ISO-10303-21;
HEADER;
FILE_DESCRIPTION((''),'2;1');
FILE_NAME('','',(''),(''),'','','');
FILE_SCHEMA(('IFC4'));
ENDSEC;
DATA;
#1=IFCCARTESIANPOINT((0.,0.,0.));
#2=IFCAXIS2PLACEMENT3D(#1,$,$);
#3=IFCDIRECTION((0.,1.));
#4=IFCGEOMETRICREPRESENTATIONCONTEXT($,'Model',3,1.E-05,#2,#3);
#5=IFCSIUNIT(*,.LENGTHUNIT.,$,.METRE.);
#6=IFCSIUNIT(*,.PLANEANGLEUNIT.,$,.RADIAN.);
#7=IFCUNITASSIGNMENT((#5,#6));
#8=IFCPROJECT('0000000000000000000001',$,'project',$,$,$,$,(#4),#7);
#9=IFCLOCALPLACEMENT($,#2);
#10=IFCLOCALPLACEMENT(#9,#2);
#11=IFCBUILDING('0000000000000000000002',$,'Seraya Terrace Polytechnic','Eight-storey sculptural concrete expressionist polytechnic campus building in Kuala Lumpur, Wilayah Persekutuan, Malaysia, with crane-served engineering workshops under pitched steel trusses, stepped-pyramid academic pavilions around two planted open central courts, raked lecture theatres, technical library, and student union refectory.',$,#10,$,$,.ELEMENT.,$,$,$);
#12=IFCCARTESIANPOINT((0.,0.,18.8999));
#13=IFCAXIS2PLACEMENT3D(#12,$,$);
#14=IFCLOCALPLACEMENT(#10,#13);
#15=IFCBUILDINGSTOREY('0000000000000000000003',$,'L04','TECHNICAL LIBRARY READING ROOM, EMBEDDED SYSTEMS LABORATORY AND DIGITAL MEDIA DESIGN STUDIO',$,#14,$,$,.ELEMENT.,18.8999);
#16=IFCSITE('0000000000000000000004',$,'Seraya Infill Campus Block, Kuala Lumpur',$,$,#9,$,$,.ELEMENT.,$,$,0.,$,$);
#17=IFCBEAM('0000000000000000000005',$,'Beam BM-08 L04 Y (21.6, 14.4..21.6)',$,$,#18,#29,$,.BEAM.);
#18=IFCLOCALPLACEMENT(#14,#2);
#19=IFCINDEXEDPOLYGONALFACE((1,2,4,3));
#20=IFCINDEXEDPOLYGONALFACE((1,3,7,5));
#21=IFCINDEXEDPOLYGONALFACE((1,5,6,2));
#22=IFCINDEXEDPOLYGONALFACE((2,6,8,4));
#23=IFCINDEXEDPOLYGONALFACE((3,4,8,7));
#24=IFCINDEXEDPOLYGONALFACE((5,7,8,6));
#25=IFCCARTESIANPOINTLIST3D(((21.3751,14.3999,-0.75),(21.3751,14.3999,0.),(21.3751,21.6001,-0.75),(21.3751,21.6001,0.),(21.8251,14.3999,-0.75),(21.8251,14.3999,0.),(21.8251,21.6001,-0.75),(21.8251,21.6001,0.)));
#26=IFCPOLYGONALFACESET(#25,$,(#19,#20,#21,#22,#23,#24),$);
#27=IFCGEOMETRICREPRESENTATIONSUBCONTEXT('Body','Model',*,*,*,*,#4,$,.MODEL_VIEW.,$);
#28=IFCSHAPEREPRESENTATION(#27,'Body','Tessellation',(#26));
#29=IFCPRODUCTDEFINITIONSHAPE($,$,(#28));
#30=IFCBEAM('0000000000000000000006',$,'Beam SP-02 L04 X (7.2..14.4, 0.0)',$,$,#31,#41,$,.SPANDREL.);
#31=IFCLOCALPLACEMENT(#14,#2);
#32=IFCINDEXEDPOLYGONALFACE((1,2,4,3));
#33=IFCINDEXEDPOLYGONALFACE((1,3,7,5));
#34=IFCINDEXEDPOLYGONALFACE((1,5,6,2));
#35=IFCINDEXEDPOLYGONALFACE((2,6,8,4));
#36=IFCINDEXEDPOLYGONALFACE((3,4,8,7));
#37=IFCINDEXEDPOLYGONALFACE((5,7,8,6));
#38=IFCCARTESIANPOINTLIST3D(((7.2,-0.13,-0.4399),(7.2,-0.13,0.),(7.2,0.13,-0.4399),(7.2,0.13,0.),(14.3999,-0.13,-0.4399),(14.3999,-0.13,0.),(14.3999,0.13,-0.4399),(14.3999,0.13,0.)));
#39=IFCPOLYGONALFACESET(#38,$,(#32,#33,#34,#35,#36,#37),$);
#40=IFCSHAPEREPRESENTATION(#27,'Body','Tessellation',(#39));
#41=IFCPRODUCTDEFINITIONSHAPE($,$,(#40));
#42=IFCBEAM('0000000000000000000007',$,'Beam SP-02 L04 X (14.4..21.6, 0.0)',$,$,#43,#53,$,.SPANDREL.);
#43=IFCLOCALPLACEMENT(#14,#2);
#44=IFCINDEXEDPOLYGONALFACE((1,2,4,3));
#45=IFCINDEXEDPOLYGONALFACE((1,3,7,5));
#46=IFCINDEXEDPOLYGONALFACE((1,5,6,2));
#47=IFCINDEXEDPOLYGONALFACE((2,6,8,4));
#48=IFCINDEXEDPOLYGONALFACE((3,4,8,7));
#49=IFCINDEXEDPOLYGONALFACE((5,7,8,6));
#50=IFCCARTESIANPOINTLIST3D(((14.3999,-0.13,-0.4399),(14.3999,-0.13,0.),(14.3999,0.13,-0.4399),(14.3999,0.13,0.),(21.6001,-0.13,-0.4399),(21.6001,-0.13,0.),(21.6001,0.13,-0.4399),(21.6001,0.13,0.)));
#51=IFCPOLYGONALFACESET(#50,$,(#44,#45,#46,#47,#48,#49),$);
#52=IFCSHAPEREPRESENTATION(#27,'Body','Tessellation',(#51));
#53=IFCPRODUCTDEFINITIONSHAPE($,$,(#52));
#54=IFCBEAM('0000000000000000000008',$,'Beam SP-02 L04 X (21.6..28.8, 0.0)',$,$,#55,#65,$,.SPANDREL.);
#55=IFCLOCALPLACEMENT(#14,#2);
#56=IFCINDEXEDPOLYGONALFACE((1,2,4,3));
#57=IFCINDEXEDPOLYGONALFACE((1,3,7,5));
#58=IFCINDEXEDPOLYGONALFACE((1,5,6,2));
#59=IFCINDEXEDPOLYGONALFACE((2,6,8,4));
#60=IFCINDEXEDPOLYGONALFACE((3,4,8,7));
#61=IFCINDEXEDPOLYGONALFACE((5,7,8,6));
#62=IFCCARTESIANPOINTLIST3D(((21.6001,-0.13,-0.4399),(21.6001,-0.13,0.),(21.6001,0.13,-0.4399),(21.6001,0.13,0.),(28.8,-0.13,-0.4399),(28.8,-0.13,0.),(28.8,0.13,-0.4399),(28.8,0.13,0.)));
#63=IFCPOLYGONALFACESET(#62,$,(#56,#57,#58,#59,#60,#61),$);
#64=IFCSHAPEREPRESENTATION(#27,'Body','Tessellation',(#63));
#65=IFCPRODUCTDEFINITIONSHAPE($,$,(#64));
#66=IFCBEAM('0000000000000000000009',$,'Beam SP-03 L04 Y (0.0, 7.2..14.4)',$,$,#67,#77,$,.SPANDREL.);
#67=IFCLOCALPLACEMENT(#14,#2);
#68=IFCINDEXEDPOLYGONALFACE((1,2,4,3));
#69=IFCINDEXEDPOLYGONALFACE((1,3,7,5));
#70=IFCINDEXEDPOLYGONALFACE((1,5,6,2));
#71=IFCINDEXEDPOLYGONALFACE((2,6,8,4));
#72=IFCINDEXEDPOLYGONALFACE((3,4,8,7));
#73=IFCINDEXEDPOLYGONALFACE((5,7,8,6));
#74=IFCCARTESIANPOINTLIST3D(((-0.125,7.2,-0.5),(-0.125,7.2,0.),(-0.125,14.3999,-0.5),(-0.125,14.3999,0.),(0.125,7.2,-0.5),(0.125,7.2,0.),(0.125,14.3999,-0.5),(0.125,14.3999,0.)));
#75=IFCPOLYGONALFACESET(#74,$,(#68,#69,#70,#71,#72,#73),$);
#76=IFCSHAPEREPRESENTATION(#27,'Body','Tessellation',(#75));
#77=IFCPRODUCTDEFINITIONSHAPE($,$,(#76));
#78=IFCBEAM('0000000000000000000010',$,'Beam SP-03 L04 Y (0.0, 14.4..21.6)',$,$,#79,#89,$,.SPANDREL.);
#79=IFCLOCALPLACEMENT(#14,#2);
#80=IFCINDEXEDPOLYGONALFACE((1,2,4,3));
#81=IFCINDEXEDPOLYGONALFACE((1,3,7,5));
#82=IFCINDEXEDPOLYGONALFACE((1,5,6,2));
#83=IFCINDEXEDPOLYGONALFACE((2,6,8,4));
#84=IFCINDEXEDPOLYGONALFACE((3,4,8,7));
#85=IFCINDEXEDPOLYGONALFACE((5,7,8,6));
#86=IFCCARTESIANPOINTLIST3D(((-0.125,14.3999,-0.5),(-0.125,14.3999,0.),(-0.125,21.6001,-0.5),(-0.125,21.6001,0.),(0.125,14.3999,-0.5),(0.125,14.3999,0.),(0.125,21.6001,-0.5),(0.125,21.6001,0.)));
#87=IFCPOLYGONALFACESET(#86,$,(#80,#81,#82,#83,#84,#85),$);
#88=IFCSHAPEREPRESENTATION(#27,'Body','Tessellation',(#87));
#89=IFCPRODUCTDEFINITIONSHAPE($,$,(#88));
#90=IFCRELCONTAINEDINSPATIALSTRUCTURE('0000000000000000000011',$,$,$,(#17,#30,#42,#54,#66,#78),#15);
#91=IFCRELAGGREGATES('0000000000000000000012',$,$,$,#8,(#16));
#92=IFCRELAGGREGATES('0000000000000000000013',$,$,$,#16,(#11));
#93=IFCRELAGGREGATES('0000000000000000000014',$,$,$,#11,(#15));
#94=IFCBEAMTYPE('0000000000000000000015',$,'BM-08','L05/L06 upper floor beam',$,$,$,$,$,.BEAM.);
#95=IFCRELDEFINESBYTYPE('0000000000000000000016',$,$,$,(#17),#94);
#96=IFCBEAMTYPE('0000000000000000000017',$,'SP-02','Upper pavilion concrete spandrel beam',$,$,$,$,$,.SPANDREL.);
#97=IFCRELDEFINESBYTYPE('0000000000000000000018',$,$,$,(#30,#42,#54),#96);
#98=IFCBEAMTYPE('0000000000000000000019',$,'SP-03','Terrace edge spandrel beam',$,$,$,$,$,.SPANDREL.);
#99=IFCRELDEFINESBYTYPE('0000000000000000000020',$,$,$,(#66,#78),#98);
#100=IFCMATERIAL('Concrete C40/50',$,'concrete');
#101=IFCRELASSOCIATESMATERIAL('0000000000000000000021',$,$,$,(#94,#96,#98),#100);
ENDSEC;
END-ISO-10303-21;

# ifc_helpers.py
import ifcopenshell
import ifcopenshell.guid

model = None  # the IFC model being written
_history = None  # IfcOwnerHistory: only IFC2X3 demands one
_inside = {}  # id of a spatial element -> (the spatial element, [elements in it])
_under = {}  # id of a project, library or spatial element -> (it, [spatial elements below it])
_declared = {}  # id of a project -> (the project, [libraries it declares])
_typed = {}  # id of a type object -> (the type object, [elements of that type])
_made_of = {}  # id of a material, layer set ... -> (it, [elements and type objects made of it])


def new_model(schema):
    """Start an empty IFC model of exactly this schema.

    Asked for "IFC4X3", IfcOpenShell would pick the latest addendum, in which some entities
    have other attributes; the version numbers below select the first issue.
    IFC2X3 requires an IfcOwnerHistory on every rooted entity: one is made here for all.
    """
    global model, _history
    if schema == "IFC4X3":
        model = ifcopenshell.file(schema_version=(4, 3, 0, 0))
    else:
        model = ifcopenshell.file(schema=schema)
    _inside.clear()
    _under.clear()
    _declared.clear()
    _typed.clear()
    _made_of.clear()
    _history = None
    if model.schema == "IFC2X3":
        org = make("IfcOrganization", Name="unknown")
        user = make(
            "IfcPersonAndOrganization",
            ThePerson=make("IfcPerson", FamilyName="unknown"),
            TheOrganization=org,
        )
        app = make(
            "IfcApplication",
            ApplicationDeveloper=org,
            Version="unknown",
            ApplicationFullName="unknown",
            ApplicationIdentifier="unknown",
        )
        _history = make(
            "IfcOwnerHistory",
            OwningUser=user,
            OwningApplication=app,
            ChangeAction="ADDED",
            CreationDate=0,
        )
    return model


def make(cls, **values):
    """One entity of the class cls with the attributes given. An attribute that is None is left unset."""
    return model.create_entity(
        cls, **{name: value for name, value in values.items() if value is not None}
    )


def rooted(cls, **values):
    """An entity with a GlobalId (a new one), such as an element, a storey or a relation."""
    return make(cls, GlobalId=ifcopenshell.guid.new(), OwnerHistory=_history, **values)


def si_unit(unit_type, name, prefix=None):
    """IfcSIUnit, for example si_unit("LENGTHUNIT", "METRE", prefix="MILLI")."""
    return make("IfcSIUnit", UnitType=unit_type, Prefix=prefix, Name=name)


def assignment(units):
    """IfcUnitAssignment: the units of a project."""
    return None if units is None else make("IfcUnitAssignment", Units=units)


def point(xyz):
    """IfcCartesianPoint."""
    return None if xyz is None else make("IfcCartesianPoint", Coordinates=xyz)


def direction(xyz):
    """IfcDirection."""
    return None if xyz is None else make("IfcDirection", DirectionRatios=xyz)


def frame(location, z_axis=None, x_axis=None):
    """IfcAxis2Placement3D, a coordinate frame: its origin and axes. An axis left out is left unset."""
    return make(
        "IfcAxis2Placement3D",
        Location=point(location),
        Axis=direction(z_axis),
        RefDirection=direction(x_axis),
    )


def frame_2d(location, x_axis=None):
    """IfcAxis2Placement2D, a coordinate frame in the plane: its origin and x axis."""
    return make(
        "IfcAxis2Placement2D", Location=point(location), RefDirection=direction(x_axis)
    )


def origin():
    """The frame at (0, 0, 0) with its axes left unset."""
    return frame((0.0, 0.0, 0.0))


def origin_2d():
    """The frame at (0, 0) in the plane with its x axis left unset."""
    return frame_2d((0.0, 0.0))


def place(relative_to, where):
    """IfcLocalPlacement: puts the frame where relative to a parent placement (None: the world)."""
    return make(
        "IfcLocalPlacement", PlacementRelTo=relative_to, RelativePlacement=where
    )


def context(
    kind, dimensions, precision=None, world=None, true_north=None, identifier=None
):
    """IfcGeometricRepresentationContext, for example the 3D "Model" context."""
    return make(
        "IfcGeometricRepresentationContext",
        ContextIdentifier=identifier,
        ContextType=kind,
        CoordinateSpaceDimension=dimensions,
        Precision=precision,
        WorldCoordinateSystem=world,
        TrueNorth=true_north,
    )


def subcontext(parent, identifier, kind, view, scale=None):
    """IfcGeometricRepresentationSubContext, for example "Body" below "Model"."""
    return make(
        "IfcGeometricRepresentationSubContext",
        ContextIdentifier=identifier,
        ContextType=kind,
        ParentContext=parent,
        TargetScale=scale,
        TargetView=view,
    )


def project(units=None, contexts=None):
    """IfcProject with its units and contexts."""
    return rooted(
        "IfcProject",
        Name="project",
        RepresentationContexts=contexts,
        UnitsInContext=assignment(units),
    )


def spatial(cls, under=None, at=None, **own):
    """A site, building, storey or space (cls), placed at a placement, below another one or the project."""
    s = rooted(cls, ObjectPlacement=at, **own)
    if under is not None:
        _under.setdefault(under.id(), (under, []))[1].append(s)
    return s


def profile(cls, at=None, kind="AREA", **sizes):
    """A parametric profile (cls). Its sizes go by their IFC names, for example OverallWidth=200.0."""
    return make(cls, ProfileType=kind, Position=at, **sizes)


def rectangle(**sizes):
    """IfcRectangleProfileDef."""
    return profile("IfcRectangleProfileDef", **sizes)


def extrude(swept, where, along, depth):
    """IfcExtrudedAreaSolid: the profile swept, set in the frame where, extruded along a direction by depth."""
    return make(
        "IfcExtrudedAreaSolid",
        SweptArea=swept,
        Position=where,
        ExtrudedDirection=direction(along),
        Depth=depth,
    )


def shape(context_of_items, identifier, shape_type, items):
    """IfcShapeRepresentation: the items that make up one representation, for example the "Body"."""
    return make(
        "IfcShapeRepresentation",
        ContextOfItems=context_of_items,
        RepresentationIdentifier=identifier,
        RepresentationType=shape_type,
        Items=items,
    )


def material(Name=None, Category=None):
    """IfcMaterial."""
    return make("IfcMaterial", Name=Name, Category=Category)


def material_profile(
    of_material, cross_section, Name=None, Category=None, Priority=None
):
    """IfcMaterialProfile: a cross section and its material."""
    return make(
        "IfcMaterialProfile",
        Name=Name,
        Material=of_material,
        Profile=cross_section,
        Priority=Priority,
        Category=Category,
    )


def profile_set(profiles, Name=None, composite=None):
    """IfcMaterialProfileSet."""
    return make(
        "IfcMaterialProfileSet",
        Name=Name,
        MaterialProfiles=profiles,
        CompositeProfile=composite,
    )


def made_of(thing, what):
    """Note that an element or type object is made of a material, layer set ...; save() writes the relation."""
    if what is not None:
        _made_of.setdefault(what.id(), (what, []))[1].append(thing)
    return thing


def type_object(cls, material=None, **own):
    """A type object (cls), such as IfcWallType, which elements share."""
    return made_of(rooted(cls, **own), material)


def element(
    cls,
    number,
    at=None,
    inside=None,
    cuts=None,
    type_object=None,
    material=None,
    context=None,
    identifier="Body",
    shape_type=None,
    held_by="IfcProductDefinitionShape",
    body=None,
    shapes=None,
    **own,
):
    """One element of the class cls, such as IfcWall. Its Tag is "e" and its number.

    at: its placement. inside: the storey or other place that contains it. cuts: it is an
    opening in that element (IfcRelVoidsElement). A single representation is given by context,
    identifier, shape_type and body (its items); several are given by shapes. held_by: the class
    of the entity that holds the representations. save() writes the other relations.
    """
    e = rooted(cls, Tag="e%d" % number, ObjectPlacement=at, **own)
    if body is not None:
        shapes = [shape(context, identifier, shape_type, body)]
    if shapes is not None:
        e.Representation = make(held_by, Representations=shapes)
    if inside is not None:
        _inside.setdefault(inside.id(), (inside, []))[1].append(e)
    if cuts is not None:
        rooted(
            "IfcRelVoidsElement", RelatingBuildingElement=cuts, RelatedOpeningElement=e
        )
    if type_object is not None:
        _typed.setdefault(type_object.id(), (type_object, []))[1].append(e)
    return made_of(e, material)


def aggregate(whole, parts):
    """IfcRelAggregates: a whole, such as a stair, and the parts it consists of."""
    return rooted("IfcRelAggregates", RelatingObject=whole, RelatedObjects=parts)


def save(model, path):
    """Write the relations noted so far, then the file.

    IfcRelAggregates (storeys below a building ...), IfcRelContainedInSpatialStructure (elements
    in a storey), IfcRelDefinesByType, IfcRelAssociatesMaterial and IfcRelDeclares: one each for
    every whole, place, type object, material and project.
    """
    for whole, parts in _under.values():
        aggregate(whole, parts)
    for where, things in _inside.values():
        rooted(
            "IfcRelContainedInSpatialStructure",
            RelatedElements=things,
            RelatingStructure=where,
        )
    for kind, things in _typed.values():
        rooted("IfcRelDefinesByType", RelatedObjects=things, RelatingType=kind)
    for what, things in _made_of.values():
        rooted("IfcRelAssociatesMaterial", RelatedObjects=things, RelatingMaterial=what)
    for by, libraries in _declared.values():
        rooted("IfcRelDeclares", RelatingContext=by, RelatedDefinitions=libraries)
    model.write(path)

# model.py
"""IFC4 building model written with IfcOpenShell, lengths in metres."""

from ifc_helpers import new_model, si_unit, direction, frame, origin, origin_2d, place, context, subcontext, project, spatial, rectangle, extrude, material, material_profile, profile_set, type_object, element, save


model = new_model("IFC4")

# Units and contexts
model_context = context("Model", 3, precision=1e-05, world=origin(), true_north=direction((0.0, 1.0)))
body_context = subcontext(model_context, "Body", "Model", "MODEL_VIEW")
ifc_project = project(units=[si_unit("LENGTHUNIT", "METRE"), si_unit("PLANEANGLEUNIT", "RADIAN")], contexts=[model_context])

# Site, building, storey
site_placement = place(None, origin())
site = spatial("IfcSite", under=ifc_project, at=site_placement, Name="Seraya Infill Campus Block, Kuala Lumpur", CompositionType="ELEMENT", RefElevation=0.0)
building_placement = place(site_placement, origin())
building = spatial("IfcBuilding", under=site, at=building_placement, Name="Seraya Terrace Polytechnic", Description="Eight-storey sculptural concrete expressionist polytechnic campus building in Kuala Lumpur, Wilayah Persekutuan, Malaysia, with crane-served engineering workshops under pitched steel trusses, stepped-pyramid academic pavilions around two planted open central courts, raked lecture theatres, technical library, and student union refectory.", CompositionType="ELEMENT")
storey_placement = place(building_placement, frame((0.0, 0.0, 18.8999)))
storey = spatial("IfcBuildingStorey", under=building, at=storey_placement, Name="L04", Description="TECHNICAL LIBRARY READING ROOM, EMBEDDED SYSTEMS LABORATORY AND DIGITAL MEDIA DESIGN STUDIO", CompositionType="ELEMENT", Elevation=18.8999)

# Beams
ifc_material = material(Name="Concrete C40/50", Category="concrete")
ifc_material_profile_1 = material_profile(ifc_material, rectangle(XDim=0.45, YDim=0.75, at=origin_2d()), Name="RC 450x750")
ifc_profile_set_1 = profile_set([ifc_material_profile_1], Name="Concrete C40/50")
beam_type_1 = type_object("IfcBeamType", Name="BM-08", Description="L05/L06 upper floor beam", PredefinedType="BEAM", material=ifc_profile_set_1)
beam_1_placement = place(storey_placement, frame((21.6001, 14.3999, -0.375), z_axis=(0.0, 1.0, 0.0), x_axis=(-1.0, 0.0, 0.0)))
element("IfcBeam", 1, at=beam_1_placement, inside=storey, type_object=beam_type_1, Name="Beam BM-08 L04 Y (21.6, 14.4..21.6)", PredefinedType="BEAM", context=body_context, shape_type="SweptSolid", body=[
    extrude(rectangle(XDim=0.45, YDim=0.75, at=origin_2d()), origin(), (0.0, 0.0, 1.0), 7.2002),
])
ifc_material_profile_2 = material_profile(ifc_material, rectangle(XDim=0.26, YDim=0.4399, at=origin_2d()), Name="RC 260x440")
ifc_profile_set_2 = profile_set([ifc_material_profile_2], Name="Concrete C40/50")
beam_type_2 = type_object("IfcBeamType", Name="SP-02", Description="Upper pavilion concrete spandrel beam", PredefinedType="SPANDREL", material=ifc_profile_set_2)
beam_2_placement = place(storey_placement, frame((7.2, 0.0, -0.22), z_axis=(1.0, 0.0, 0.0), x_axis=(0.0, 1.0, 0.0)))
element("IfcBeam", 2, at=beam_2_placement, inside=storey, type_object=beam_type_2, Name="Beam SP-02 L04 X (7.2..14.4, 0.0)", PredefinedType="SPANDREL", context=body_context, shape_type="SweptSolid", body=[
    extrude(rectangle(XDim=0.26, YDim=0.4399, at=origin_2d()), origin(), (0.0, 0.0, 1.0), 7.2),
])
beam_3_placement = place(storey_placement, frame((14.3999, 0.0, -0.22), z_axis=(1.0, 0.0, 0.0), x_axis=(0.0, 1.0, 0.0)))
element("IfcBeam", 3, at=beam_3_placement, inside=storey, type_object=beam_type_2, Name="Beam SP-02 L04 X (14.4..21.6, 0.0)", PredefinedType="SPANDREL", context=body_context, shape_type="SweptSolid", body=[
    extrude(rectangle(XDim=0.26, YDim=0.4399, at=origin_2d()), origin(), (0.0, 0.0, 1.0), 7.2002),
])
beam_4_placement = place(storey_placement, frame((21.6001, 0.0, -0.22), z_axis=(1.0, 0.0, 0.0), x_axis=(0.0, 1.0, 0.0)))
element("IfcBeam", 4, at=beam_4_placement, inside=storey, type_object=beam_type_2, Name="Beam SP-02 L04 X (21.6..28.8, 0.0)", PredefinedType="SPANDREL", context=body_context, shape_type="SweptSolid", body=[
    extrude(rectangle(XDim=0.26, YDim=0.4399, at=origin_2d()), origin(), (0.0, 0.0, 1.0), 7.2),
])
ifc_material_profile_3 = material_profile(ifc_material, rectangle(XDim=0.25, YDim=0.5, at=origin_2d()), Name="RC 250x500")
ifc_profile_set_3 = profile_set([ifc_material_profile_3], Name="Concrete C40/50")
beam_type_3 = type_object("IfcBeamType", Name="SP-03", Description="Terrace edge spandrel beam", PredefinedType="SPANDREL", material=ifc_profile_set_3)
beam_5_placement = place(storey_placement, frame((0.0, 7.2, -0.25), z_axis=(0.0, 1.0, 0.0), x_axis=(-1.0, 0.0, 0.0)))
element("IfcBeam", 5, at=beam_5_placement, inside=storey, type_object=beam_type_3, Name="Beam SP-03 L04 Y (0.0, 7.2..14.4)", PredefinedType="SPANDREL", context=body_context, shape_type="SweptSolid", body=[
    extrude(rectangle(XDim=0.25, YDim=0.5, at=origin_2d()), origin(), (0.0, 0.0, 1.0), 7.2),
])
beam_6_placement = place(storey_placement, frame((0.0, 14.3999, -0.25), z_axis=(0.0, 1.0, 0.0), x_axis=(-1.0, 0.0, 0.0)))
element("IfcBeam", 6, at=beam_6_placement, inside=storey, type_object=beam_type_3, Name="Beam SP-03 L04 Y (0.0, 14.4..21.6)", PredefinedType="SPANDREL", context=body_context, shape_type="SweptSolid", body=[
    extrude(rectangle(XDim=0.25, YDim=0.5, at=origin_2d()), origin(), (0.0, 0.0, 1.0), 7.2002),
])

save(model, "model.ifc")
